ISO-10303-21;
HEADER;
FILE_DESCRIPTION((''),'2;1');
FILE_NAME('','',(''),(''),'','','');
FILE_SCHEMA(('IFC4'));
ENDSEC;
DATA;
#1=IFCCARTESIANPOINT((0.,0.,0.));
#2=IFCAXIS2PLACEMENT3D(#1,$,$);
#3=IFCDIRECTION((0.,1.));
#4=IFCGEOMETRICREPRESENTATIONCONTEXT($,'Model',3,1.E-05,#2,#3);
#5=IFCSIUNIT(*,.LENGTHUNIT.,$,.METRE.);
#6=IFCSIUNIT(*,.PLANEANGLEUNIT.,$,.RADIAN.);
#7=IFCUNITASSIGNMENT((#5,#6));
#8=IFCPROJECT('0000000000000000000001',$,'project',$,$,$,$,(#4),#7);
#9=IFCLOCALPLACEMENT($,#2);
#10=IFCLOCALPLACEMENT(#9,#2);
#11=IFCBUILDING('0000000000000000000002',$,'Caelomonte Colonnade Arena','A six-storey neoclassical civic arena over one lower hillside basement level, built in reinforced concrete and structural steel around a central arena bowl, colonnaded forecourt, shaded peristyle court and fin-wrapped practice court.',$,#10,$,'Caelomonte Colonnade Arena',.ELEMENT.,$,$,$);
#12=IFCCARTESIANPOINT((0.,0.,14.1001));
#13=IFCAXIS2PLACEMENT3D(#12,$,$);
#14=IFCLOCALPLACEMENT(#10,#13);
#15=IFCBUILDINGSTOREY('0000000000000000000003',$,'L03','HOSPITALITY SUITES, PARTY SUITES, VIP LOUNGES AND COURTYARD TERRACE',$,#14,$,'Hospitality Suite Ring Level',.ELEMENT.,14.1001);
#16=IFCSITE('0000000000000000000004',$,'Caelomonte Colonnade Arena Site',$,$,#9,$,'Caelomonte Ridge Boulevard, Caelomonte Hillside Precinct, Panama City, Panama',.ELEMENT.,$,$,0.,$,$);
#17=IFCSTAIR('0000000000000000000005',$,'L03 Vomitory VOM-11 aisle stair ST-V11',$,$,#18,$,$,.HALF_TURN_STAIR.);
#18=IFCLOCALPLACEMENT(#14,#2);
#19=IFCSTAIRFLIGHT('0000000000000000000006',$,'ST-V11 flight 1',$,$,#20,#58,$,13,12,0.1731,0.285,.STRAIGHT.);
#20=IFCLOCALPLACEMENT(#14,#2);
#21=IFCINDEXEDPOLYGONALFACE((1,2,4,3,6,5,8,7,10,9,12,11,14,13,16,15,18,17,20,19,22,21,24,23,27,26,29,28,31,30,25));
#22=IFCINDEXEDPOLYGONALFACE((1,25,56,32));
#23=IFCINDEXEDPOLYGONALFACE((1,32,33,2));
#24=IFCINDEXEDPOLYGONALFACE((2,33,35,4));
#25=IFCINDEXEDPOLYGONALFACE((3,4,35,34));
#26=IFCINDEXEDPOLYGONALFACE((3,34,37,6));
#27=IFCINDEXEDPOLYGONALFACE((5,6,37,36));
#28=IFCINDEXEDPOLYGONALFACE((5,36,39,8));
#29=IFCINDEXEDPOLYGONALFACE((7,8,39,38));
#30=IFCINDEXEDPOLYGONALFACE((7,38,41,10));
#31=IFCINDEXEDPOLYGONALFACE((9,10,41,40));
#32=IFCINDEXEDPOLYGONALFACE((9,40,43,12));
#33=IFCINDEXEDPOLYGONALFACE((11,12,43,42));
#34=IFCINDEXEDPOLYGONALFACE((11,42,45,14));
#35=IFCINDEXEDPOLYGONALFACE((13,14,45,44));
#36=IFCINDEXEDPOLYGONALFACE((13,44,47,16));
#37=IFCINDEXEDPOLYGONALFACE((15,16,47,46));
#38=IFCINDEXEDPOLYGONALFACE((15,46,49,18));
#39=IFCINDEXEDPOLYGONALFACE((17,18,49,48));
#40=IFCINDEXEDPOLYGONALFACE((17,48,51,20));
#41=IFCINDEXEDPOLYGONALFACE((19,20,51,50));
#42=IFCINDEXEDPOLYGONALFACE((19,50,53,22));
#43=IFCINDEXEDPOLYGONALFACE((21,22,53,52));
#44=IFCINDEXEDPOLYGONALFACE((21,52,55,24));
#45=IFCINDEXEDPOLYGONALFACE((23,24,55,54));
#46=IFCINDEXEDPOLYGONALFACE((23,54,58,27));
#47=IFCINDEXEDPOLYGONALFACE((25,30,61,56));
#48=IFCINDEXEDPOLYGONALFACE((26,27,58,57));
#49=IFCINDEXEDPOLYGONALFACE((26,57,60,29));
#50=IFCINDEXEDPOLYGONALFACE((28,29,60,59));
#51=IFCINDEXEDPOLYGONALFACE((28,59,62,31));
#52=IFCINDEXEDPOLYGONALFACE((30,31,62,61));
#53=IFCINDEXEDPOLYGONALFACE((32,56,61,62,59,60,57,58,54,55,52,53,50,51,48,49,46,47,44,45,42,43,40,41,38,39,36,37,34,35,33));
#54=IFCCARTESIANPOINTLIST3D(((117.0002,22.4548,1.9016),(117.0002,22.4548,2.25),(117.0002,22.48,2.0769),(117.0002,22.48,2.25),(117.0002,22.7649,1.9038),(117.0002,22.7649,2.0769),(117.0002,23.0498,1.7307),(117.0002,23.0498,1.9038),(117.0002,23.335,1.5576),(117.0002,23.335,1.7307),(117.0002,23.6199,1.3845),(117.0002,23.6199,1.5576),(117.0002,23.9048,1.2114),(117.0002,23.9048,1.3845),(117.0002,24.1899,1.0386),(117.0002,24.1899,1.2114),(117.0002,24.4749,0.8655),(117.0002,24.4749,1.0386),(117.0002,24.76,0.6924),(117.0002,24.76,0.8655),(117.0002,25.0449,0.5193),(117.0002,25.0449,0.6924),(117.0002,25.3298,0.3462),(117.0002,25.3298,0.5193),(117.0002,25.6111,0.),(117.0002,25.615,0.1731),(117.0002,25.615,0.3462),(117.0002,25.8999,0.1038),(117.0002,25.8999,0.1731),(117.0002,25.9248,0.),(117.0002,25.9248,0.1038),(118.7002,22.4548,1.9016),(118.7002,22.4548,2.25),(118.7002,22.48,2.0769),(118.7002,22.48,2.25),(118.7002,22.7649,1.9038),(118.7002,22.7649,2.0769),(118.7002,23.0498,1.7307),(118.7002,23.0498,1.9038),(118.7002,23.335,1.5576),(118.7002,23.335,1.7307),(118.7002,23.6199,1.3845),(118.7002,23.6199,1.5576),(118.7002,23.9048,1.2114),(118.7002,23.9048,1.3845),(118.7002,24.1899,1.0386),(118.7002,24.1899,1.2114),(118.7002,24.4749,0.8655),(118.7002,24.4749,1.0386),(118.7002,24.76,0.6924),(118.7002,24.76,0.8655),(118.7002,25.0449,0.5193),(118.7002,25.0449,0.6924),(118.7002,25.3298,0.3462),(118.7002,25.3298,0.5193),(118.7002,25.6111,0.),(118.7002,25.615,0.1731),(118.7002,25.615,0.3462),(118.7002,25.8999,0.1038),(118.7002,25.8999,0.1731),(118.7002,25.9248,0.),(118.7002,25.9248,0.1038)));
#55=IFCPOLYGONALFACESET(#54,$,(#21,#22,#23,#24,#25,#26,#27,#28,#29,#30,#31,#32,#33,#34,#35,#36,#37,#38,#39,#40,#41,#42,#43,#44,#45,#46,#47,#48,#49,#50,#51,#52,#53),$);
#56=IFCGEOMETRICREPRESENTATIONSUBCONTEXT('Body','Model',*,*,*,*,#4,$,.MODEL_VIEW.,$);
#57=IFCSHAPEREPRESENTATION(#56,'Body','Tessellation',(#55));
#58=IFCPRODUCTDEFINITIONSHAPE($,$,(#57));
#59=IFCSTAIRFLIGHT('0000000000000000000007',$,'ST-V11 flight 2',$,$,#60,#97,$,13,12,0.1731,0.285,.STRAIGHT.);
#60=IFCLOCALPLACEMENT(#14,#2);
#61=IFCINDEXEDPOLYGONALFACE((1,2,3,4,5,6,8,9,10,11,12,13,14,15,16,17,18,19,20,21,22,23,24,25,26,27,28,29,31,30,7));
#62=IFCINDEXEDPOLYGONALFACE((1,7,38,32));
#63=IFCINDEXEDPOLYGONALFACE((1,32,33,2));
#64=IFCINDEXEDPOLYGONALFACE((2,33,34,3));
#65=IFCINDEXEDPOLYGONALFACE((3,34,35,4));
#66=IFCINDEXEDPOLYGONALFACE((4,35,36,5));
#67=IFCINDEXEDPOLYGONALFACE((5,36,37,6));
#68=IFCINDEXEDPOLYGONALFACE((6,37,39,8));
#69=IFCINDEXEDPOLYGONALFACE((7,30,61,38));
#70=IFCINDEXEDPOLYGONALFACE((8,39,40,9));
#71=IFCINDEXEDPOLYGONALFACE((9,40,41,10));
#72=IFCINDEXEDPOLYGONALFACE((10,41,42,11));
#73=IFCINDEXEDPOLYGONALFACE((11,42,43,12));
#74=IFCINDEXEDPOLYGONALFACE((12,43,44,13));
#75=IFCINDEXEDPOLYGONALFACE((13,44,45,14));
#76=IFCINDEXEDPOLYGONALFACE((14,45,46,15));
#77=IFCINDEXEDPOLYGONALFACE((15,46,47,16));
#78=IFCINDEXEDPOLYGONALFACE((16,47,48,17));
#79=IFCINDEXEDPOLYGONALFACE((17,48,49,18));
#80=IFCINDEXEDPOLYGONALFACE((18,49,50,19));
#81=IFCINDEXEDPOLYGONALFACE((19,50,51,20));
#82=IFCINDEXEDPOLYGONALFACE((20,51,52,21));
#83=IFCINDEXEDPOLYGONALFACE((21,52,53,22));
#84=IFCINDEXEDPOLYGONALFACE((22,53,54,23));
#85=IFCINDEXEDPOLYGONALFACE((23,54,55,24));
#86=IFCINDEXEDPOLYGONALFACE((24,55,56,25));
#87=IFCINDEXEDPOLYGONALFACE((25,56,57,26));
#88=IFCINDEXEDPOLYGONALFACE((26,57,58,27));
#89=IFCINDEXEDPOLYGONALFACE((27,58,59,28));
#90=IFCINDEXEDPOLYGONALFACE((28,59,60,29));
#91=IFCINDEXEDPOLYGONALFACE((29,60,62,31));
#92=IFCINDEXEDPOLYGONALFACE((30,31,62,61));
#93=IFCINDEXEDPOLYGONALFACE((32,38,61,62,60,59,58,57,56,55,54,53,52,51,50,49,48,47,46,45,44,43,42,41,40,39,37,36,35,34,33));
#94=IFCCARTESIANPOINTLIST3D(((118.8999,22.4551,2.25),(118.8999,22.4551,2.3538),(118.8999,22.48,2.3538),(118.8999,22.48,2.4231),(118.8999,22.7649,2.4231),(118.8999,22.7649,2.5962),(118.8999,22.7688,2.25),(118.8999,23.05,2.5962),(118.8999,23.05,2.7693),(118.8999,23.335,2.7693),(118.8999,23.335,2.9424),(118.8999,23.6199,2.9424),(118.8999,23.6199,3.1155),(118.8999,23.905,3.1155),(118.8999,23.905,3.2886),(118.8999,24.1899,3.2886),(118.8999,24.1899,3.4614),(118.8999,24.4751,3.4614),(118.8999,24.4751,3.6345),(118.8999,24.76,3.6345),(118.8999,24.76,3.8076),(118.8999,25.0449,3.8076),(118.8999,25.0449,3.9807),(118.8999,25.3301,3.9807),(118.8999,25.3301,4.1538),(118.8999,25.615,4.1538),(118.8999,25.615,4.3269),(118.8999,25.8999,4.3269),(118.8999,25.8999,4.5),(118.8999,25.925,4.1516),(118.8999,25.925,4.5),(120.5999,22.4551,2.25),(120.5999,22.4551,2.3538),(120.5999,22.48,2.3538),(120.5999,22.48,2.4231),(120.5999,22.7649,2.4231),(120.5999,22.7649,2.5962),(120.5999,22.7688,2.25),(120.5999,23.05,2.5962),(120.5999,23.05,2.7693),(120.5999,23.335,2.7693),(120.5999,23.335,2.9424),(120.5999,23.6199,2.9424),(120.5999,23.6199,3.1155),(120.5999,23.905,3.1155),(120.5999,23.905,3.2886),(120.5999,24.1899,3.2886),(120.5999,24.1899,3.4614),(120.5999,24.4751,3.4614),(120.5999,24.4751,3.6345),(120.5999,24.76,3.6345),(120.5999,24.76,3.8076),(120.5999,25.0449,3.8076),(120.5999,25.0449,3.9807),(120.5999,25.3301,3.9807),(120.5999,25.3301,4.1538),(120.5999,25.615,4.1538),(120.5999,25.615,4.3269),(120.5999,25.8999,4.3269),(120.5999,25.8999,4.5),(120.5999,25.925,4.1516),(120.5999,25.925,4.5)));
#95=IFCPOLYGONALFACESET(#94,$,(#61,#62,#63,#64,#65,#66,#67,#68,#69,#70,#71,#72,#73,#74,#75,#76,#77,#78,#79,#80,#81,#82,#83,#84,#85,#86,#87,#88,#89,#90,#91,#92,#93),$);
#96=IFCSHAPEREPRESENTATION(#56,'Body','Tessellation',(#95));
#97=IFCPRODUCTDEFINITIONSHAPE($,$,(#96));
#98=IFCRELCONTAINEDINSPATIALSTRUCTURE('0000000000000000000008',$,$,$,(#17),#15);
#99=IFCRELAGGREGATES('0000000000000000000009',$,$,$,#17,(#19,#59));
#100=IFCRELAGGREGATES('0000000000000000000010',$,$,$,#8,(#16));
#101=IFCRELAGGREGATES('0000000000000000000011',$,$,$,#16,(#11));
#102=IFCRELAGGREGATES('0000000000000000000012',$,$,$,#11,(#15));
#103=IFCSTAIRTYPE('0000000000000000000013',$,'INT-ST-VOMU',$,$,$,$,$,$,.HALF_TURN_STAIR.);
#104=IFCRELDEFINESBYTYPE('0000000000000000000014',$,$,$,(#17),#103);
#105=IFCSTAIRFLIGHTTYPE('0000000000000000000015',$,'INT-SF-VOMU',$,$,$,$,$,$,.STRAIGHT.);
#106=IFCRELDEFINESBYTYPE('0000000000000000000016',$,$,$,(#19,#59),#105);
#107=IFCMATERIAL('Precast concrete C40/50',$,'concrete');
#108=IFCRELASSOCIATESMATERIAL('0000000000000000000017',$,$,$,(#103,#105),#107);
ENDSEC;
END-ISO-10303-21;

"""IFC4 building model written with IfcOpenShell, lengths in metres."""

from ifc_helpers import new_model, si_unit, direction, frame, origin, place, context, subcontext, project, spatial, polyline, outline, extrude, material, type_object, element, aggregate, save


model = new_model("IFC4")

# Units and contexts
model_context = context("Model", 3, precision=1e-05, world=origin(), true_north=direction((0.0, 1.0)))
body_context = subcontext(model_context, "Body", "Model", "MODEL_VIEW")
ifc_project = project(units=[si_unit("LENGTHUNIT", "METRE"), si_unit("PLANEANGLEUNIT", "RADIAN")], contexts=[model_context])

# Site, building, storey
site_placement = place(None, origin())
site = spatial("IfcSite", under=ifc_project, at=site_placement, Name="Caelomonte Colonnade Arena Site", LongName="Caelomonte Ridge Boulevard, Caelomonte Hillside Precinct, Panama City, Panama", CompositionType="ELEMENT", RefElevation=0.0)
building_placement = place(site_placement, origin())
building = spatial("IfcBuilding", under=site, at=building_placement, Name="Caelomonte Colonnade Arena", Description="A six-storey neoclassical civic arena over one lower hillside basement level, built in reinforced concrete and structural steel around a central arena bowl, colonnaded forecourt, shaded peristyle court and fin-wrapped practice court.", LongName="Caelomonte Colonnade Arena", CompositionType="ELEMENT")
storey_placement = place(building_placement, frame((0.0, 0.0, 14.1001)))
storey = spatial("IfcBuildingStorey", under=building, at=storey_placement, Name="L03", Description="HOSPITALITY SUITES, PARTY SUITES, VIP LOUNGES AND COURTYARD TERRACE", LongName="Hospitality Suite Ring Level", CompositionType="ELEMENT", Elevation=14.1001)

# Stair, stair flights
ifc_material_1 = material(Name="Precast concrete C40/50", Category="concrete")
stair_type = type_object("IfcStairType", Name="INT-ST-VOMU", PredefinedType="HALF_TURN_STAIR", material=ifc_material_1)
stair_placement = place(storey_placement, origin())
stair = element("IfcStair", 1, at=stair_placement, inside=storey, type_object=stair_type, Name="L03 Vomitory VOM-11 aisle stair ST-V11", PredefinedType="HALF_TURN_STAIR")
stair_flight_type = type_object("IfcStairFlightType", Name="INT-SF-VOMU", PredefinedType="STRAIGHT", material=ifc_material_1)
stair_flight_1_placement = place(storey_placement, frame((117.8501, 25.8999, 0.0), z_axis=(0.0, 0.0, 1.0), x_axis=(0.0, -1.0, 0.0)))
stair_flight_1 = element("IfcStairFlight", 2, at=stair_flight_1_placement, type_object=stair_flight_type, Name="ST-V11 flight 1", NumberOfRisers=13, NumberOfTreads=12, PredefinedType="STRAIGHT", RiserHeight=0.1731, TreadLength=0.285, context=body_context, shape_type="SweptSolid", body=[
    extrude(outline(polyline([(-0.0249, 0.0), (-0.0249, 0.1038), (0.0, 0.1038), (0.0, 0.1731), (0.2849, 0.1731), (0.2849, 0.3462), (0.5701, 0.3462), (0.5701, 0.5193), (0.855, 0.5193), (0.855, 0.6924), (1.1399, 0.6924), (1.1399, 0.8655), (1.425, 0.8655), (1.425, 1.0386), (1.71, 1.0386), (1.71, 1.2114), (1.9951, 1.2114), (1.9951, 1.3845), (2.28, 1.3845), (2.28, 1.5576), (2.5649, 1.5576), (2.5649, 1.7307), (2.8501, 1.7307), (2.8501, 1.9038), (3.135, 1.9038), (3.135, 2.0769), (3.4199, 2.0769), (3.4199, 2.25), (3.4451, 2.25), (3.4451, 1.9016), (0.2888, 0.0), (-0.0249, 0.0)])), frame((0.0, 0.8501, 0.0), z_axis=(0.0, -1.0, 0.0), x_axis=(1.0, 0.0, 0.0)), (0.0, 0.0, 1.0), 1.7),
])
stair_flight_2_placement = place(storey_placement, frame((119.75, 22.48, 2.25), z_axis=(0.0, 0.0, 1.0), x_axis=(0.0, 1.0, 0.0)))
stair_flight_2 = element("IfcStairFlight", 3, at=stair_flight_2_placement, type_object=stair_flight_type, Name="ST-V11 flight 2", NumberOfRisers=13, NumberOfTreads=12, PredefinedType="STRAIGHT", RiserHeight=0.1731, TreadLength=0.285, context=body_context, shape_type="SweptSolid", body=[
    extrude(outline(polyline([(-0.0249, 0.0), (-0.0249, 0.1038), (0.0, 0.1038), (0.0, 0.1731), (0.2849, 0.1731), (0.2849, 0.3462), (0.5701, 0.3462), (0.5701, 0.5193), (0.855, 0.5193), (0.855, 0.6924), (1.1399, 0.6924), (1.1399, 0.8655), (1.425, 0.8655), (1.425, 1.0386), (1.71, 1.0386), (1.71, 1.2114), (1.9951, 1.2114), (1.9951, 1.3845), (2.28, 1.3845), (2.28, 1.5576), (2.5649, 1.5576), (2.5649, 1.7307), (2.8501, 1.7307), (2.8501, 1.9038), (3.135, 1.9038), (3.135, 2.0769), (3.4199, 2.0769), (3.4199, 2.25), (3.4451, 2.25), (3.4451, 1.9016), (0.2888, 0.0), (-0.0249, 0.0)])), frame((0.0, 0.8501, 0.0), z_axis=(0.0, -1.0, 0.0), x_axis=(1.0, 0.0, 0.0)), (0.0, 0.0, 1.0), 1.7),
])
aggregate(stair, [stair_flight_1, stair_flight_2])

save(model, "model.ifc")
